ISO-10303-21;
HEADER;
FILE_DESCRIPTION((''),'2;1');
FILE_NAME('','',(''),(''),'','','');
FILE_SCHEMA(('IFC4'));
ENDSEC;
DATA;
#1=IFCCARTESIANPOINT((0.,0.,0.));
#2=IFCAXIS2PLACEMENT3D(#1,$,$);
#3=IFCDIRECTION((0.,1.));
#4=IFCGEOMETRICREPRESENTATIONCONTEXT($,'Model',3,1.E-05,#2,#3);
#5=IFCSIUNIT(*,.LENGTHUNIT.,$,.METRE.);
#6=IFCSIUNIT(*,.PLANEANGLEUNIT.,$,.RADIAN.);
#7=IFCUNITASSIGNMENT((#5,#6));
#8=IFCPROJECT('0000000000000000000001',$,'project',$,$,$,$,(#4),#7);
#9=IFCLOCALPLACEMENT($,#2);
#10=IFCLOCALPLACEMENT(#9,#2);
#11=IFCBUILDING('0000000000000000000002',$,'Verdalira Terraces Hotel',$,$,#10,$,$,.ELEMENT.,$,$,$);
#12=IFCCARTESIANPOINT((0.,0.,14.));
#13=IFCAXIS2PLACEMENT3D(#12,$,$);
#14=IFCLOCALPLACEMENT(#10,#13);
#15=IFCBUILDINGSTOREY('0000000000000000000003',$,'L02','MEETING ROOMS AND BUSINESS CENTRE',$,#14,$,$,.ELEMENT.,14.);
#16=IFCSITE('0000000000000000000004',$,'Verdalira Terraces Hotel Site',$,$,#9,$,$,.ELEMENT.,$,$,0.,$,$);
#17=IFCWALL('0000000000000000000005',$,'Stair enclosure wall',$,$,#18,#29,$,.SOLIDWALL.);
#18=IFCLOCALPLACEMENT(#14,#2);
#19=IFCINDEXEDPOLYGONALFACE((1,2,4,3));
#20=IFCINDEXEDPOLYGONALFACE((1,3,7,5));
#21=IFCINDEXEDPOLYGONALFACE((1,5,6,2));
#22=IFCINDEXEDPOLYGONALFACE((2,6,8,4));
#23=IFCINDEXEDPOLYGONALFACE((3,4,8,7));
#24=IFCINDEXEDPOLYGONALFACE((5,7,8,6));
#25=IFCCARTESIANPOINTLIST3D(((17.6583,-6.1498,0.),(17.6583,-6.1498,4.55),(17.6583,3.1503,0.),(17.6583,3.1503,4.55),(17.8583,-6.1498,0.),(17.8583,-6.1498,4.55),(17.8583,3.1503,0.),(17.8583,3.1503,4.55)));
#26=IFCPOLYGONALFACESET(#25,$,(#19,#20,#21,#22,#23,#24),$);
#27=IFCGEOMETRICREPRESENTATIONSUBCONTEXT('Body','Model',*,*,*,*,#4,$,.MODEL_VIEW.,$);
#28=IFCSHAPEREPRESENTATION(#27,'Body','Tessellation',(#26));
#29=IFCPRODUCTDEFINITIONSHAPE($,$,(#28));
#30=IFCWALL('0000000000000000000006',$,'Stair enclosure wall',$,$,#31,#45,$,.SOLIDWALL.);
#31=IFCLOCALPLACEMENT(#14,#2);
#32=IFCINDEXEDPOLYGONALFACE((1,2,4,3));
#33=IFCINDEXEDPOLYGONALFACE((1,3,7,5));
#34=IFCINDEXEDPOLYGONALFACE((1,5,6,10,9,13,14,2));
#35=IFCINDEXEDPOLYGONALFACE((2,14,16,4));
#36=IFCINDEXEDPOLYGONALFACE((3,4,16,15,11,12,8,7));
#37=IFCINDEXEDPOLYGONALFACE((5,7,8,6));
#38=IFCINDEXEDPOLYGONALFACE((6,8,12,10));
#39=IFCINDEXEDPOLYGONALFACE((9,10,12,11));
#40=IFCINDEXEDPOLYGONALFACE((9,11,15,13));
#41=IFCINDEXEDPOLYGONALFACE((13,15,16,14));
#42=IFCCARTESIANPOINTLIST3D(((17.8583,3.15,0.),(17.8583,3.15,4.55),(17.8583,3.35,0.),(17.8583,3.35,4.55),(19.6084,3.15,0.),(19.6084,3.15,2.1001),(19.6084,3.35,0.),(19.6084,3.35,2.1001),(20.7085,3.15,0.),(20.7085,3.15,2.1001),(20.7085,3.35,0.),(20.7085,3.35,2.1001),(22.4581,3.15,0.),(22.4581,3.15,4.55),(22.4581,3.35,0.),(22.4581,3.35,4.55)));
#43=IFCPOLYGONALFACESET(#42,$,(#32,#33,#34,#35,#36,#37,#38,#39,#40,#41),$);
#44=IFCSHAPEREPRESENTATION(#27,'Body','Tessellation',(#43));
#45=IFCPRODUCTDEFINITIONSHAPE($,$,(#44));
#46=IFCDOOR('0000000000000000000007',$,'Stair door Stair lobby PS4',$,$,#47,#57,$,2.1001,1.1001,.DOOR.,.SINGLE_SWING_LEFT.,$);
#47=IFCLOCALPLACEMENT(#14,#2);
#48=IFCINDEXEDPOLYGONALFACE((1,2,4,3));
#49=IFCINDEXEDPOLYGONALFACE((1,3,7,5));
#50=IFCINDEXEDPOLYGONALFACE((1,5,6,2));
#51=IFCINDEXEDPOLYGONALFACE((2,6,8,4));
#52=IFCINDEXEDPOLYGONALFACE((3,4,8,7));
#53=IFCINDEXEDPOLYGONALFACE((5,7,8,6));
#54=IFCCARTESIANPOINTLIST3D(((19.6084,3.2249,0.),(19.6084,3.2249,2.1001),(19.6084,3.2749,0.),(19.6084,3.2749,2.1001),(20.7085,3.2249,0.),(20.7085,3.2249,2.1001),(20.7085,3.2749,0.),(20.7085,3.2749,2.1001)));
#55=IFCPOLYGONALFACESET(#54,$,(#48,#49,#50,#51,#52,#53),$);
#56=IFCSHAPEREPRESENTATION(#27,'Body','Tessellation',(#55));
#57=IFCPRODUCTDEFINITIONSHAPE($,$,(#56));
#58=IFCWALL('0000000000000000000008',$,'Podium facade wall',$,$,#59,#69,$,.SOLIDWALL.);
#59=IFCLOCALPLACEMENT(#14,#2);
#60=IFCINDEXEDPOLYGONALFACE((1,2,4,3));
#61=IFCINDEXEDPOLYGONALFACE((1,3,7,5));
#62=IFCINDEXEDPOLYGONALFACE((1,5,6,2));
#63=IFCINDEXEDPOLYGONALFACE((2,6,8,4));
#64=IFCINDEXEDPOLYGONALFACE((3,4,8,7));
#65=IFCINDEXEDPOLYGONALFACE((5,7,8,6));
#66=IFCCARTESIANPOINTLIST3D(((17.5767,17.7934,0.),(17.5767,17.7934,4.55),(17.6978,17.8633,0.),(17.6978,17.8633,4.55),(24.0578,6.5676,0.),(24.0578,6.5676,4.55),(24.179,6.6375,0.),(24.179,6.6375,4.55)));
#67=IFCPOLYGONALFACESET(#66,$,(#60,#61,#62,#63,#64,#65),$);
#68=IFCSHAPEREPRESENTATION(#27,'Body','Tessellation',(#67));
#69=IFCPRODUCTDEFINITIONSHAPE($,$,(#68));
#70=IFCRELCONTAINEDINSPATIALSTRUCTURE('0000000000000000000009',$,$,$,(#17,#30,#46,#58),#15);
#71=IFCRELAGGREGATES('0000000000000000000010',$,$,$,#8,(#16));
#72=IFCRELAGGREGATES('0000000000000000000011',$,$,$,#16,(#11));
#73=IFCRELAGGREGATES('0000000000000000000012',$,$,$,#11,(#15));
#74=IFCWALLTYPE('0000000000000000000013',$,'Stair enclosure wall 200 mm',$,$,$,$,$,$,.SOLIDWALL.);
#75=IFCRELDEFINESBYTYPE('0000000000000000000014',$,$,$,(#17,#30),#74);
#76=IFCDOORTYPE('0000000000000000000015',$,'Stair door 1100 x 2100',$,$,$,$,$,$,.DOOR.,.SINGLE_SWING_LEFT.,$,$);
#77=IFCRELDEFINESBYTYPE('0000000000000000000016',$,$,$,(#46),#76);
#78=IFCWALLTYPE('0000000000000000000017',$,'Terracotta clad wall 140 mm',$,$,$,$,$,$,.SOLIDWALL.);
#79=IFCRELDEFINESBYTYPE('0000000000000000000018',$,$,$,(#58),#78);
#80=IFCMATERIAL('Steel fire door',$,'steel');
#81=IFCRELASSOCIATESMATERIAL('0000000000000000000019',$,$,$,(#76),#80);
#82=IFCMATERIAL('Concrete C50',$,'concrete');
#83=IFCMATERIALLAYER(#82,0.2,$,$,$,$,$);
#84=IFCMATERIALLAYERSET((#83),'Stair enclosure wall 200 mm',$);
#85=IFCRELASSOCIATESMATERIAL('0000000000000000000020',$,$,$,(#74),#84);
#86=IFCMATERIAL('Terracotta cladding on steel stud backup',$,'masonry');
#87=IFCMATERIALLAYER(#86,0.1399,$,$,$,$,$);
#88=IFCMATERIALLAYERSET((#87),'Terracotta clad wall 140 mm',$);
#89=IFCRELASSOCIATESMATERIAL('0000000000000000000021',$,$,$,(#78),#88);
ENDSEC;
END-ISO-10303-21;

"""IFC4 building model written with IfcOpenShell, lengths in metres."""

from ifc_helpers import new_model, si_unit, direction, frame, frame_2d, origin, place, context, subcontext, project, spatial, rectangle, extrude, material, layer, layer_set, type_object, element, fill, save


model = new_model("IFC4")

# Units and contexts
model_context = context("Model", 3, precision=1e-05, world=origin(), true_north=direction((0.0, 1.0)))
body_context = subcontext(model_context, "Body", "Model", "MODEL_VIEW")
ifc_project = project(units=[si_unit("LENGTHUNIT", "METRE"), si_unit("PLANEANGLEUNIT", "RADIAN")], contexts=[model_context])

# Site, building, storey
site_placement = place(None, origin())
site = spatial("IfcSite", under=ifc_project, at=site_placement, Name="Verdalira Terraces Hotel Site", CompositionType="ELEMENT", RefElevation=0.0)
building_placement = place(site_placement, origin())
building = spatial("IfcBuilding", under=site, at=building_placement, Name="Verdalira Terraces Hotel", CompositionType="ELEMENT")
storey_placement = place(building_placement, frame((0.0, 0.0, 14.0)))
storey = spatial("IfcBuildingStorey", under=building, at=storey_placement, Name="L02", Description="MEETING ROOMS AND BUSINESS CENTRE", CompositionType="ELEMENT", Elevation=14.0)

# Shared definitions
ifc_material_1 = material(Name="Steel fire door", Category="steel")
door_type_1 = type_object("IfcDoorType", Name="Stair door 1100 x 2100", OperationType="SINGLE_SWING_LEFT", PredefinedType="DOOR", material=ifc_material_1)

# Wall
ifc_material_2 = material(Name="Concrete C50", Category="concrete")
ifc_layer_1 = layer(ifc_material_2, 0.2)
ifc_layer_set_1 = layer_set([ifc_layer_1], Name="Stair enclosure wall 200 mm")
wall_type_1 = type_object("IfcWallType", Name="Stair enclosure wall 200 mm", PredefinedType="SOLIDWALL", material=ifc_layer_set_1)
wall_1_placement = place(storey_placement, frame((17.7583, 3.1501, 0.0), z_axis=(0.0, 0.0, 1.0), x_axis=(0.0, -1.0, 0.0)))
element("IfcWall", 1, at=wall_1_placement, inside=storey, type_object=wall_type_1, Name="Stair enclosure wall", PredefinedType="SOLIDWALL", context=body_context, shape_type="SweptSolid", body=[
    extrude(rectangle(XDim=9.3, YDim=0.2, at=frame_2d((4.6499, 0.0))), origin(), (0.0, 0.0, 1.0), 4.55),
])

# Wall, opening, door
wall_2_placement = place(storey_placement, frame((17.8584, 3.25, 0.0), z_axis=(0.0, 0.0, 1.0), x_axis=(1.0, 0.0, 0.0)))
wall_2 = element("IfcWall", 2, at=wall_2_placement, inside=storey, type_object=wall_type_1, Name="Stair enclosure wall", PredefinedType="SOLIDWALL", context=body_context, shape_type="SweptSolid", body=[
    extrude(rectangle(XDim=4.5999, YDim=0.2, at=frame_2d((2.2998, 0.0))), origin(), (0.0, 0.0, 1.0), 4.55),
])
opening_1_placement = place(wall_2_placement, frame((1.75, 0.0, 0.0)))
opening_1 = element("IfcOpeningElement", 3, at=opening_1_placement, cuts=wall_2, PredefinedType="OPENING", context=body_context, shape_type="SweptSolid", body=[
    extrude(rectangle(XDim=1.1001, YDim=2.1001, at=frame_2d((0.55, 1.05))), frame((0.0, 0.1099, 0.0), z_axis=(0.0, -1.0, 0.0), x_axis=(1.0, 0.0, 0.0)), (0.0, 0.0, 1.0), 0.22),
])
door_1_placement = place(opening_1_placement, origin())
door_1 = element("IfcDoor", 4, at=door_1_placement, inside=storey, type_object=door_type_1, Name="Stair door Stair lobby PS4", OperationType="SINGLE_SWING_LEFT", OverallHeight=2.1001, OverallWidth=1.1001, PredefinedType="DOOR", context=body_context, shape_type="SweptSolid", body=[
    extrude(rectangle(XDim=1.1001, YDim=2.1001, at=frame_2d((0.55, 1.05))), frame((0.0, 0.0249, 0.0), z_axis=(0.0, -1.0, 0.0), x_axis=(1.0, 0.0, 0.0)), (0.0, 0.0, 1.0), 0.05),
])
fill(opening_1, door_1)

# Wall
ifc_material_3 = material(Name="Terracotta cladding on steel stud backup", Category="masonry")
ifc_layer_2 = layer(ifc_material_3, 0.1399)
ifc_layer_set_2 = layer_set([ifc_layer_2], Name="Terracotta clad wall 140 mm")
wall_type_2 = type_object("IfcWallType", Name="Terracotta clad wall 140 mm", PredefinedType="SOLIDWALL", material=ifc_layer_set_2)
wall_3_placement = place(storey_placement, frame((24.1184, 6.6025, 0.0), z_axis=(0.0, 0.0, 1.0), x_axis=(-0.499998, 0.866027, 0.0)))
element("IfcWall", 5, at=wall_3_placement, inside=storey, type_object=wall_type_2, Name="Podium facade wall", PredefinedType="SOLIDWALL", context=body_context, shape_type="SweptSolid", body=[
    extrude(rectangle(XDim=12.9624, YDim=0.1399, at=frame_2d((6.4812, 0.0))), origin(), (0.0, 0.0, 1.0), 4.55),
])

save(model, "model.ifc")
